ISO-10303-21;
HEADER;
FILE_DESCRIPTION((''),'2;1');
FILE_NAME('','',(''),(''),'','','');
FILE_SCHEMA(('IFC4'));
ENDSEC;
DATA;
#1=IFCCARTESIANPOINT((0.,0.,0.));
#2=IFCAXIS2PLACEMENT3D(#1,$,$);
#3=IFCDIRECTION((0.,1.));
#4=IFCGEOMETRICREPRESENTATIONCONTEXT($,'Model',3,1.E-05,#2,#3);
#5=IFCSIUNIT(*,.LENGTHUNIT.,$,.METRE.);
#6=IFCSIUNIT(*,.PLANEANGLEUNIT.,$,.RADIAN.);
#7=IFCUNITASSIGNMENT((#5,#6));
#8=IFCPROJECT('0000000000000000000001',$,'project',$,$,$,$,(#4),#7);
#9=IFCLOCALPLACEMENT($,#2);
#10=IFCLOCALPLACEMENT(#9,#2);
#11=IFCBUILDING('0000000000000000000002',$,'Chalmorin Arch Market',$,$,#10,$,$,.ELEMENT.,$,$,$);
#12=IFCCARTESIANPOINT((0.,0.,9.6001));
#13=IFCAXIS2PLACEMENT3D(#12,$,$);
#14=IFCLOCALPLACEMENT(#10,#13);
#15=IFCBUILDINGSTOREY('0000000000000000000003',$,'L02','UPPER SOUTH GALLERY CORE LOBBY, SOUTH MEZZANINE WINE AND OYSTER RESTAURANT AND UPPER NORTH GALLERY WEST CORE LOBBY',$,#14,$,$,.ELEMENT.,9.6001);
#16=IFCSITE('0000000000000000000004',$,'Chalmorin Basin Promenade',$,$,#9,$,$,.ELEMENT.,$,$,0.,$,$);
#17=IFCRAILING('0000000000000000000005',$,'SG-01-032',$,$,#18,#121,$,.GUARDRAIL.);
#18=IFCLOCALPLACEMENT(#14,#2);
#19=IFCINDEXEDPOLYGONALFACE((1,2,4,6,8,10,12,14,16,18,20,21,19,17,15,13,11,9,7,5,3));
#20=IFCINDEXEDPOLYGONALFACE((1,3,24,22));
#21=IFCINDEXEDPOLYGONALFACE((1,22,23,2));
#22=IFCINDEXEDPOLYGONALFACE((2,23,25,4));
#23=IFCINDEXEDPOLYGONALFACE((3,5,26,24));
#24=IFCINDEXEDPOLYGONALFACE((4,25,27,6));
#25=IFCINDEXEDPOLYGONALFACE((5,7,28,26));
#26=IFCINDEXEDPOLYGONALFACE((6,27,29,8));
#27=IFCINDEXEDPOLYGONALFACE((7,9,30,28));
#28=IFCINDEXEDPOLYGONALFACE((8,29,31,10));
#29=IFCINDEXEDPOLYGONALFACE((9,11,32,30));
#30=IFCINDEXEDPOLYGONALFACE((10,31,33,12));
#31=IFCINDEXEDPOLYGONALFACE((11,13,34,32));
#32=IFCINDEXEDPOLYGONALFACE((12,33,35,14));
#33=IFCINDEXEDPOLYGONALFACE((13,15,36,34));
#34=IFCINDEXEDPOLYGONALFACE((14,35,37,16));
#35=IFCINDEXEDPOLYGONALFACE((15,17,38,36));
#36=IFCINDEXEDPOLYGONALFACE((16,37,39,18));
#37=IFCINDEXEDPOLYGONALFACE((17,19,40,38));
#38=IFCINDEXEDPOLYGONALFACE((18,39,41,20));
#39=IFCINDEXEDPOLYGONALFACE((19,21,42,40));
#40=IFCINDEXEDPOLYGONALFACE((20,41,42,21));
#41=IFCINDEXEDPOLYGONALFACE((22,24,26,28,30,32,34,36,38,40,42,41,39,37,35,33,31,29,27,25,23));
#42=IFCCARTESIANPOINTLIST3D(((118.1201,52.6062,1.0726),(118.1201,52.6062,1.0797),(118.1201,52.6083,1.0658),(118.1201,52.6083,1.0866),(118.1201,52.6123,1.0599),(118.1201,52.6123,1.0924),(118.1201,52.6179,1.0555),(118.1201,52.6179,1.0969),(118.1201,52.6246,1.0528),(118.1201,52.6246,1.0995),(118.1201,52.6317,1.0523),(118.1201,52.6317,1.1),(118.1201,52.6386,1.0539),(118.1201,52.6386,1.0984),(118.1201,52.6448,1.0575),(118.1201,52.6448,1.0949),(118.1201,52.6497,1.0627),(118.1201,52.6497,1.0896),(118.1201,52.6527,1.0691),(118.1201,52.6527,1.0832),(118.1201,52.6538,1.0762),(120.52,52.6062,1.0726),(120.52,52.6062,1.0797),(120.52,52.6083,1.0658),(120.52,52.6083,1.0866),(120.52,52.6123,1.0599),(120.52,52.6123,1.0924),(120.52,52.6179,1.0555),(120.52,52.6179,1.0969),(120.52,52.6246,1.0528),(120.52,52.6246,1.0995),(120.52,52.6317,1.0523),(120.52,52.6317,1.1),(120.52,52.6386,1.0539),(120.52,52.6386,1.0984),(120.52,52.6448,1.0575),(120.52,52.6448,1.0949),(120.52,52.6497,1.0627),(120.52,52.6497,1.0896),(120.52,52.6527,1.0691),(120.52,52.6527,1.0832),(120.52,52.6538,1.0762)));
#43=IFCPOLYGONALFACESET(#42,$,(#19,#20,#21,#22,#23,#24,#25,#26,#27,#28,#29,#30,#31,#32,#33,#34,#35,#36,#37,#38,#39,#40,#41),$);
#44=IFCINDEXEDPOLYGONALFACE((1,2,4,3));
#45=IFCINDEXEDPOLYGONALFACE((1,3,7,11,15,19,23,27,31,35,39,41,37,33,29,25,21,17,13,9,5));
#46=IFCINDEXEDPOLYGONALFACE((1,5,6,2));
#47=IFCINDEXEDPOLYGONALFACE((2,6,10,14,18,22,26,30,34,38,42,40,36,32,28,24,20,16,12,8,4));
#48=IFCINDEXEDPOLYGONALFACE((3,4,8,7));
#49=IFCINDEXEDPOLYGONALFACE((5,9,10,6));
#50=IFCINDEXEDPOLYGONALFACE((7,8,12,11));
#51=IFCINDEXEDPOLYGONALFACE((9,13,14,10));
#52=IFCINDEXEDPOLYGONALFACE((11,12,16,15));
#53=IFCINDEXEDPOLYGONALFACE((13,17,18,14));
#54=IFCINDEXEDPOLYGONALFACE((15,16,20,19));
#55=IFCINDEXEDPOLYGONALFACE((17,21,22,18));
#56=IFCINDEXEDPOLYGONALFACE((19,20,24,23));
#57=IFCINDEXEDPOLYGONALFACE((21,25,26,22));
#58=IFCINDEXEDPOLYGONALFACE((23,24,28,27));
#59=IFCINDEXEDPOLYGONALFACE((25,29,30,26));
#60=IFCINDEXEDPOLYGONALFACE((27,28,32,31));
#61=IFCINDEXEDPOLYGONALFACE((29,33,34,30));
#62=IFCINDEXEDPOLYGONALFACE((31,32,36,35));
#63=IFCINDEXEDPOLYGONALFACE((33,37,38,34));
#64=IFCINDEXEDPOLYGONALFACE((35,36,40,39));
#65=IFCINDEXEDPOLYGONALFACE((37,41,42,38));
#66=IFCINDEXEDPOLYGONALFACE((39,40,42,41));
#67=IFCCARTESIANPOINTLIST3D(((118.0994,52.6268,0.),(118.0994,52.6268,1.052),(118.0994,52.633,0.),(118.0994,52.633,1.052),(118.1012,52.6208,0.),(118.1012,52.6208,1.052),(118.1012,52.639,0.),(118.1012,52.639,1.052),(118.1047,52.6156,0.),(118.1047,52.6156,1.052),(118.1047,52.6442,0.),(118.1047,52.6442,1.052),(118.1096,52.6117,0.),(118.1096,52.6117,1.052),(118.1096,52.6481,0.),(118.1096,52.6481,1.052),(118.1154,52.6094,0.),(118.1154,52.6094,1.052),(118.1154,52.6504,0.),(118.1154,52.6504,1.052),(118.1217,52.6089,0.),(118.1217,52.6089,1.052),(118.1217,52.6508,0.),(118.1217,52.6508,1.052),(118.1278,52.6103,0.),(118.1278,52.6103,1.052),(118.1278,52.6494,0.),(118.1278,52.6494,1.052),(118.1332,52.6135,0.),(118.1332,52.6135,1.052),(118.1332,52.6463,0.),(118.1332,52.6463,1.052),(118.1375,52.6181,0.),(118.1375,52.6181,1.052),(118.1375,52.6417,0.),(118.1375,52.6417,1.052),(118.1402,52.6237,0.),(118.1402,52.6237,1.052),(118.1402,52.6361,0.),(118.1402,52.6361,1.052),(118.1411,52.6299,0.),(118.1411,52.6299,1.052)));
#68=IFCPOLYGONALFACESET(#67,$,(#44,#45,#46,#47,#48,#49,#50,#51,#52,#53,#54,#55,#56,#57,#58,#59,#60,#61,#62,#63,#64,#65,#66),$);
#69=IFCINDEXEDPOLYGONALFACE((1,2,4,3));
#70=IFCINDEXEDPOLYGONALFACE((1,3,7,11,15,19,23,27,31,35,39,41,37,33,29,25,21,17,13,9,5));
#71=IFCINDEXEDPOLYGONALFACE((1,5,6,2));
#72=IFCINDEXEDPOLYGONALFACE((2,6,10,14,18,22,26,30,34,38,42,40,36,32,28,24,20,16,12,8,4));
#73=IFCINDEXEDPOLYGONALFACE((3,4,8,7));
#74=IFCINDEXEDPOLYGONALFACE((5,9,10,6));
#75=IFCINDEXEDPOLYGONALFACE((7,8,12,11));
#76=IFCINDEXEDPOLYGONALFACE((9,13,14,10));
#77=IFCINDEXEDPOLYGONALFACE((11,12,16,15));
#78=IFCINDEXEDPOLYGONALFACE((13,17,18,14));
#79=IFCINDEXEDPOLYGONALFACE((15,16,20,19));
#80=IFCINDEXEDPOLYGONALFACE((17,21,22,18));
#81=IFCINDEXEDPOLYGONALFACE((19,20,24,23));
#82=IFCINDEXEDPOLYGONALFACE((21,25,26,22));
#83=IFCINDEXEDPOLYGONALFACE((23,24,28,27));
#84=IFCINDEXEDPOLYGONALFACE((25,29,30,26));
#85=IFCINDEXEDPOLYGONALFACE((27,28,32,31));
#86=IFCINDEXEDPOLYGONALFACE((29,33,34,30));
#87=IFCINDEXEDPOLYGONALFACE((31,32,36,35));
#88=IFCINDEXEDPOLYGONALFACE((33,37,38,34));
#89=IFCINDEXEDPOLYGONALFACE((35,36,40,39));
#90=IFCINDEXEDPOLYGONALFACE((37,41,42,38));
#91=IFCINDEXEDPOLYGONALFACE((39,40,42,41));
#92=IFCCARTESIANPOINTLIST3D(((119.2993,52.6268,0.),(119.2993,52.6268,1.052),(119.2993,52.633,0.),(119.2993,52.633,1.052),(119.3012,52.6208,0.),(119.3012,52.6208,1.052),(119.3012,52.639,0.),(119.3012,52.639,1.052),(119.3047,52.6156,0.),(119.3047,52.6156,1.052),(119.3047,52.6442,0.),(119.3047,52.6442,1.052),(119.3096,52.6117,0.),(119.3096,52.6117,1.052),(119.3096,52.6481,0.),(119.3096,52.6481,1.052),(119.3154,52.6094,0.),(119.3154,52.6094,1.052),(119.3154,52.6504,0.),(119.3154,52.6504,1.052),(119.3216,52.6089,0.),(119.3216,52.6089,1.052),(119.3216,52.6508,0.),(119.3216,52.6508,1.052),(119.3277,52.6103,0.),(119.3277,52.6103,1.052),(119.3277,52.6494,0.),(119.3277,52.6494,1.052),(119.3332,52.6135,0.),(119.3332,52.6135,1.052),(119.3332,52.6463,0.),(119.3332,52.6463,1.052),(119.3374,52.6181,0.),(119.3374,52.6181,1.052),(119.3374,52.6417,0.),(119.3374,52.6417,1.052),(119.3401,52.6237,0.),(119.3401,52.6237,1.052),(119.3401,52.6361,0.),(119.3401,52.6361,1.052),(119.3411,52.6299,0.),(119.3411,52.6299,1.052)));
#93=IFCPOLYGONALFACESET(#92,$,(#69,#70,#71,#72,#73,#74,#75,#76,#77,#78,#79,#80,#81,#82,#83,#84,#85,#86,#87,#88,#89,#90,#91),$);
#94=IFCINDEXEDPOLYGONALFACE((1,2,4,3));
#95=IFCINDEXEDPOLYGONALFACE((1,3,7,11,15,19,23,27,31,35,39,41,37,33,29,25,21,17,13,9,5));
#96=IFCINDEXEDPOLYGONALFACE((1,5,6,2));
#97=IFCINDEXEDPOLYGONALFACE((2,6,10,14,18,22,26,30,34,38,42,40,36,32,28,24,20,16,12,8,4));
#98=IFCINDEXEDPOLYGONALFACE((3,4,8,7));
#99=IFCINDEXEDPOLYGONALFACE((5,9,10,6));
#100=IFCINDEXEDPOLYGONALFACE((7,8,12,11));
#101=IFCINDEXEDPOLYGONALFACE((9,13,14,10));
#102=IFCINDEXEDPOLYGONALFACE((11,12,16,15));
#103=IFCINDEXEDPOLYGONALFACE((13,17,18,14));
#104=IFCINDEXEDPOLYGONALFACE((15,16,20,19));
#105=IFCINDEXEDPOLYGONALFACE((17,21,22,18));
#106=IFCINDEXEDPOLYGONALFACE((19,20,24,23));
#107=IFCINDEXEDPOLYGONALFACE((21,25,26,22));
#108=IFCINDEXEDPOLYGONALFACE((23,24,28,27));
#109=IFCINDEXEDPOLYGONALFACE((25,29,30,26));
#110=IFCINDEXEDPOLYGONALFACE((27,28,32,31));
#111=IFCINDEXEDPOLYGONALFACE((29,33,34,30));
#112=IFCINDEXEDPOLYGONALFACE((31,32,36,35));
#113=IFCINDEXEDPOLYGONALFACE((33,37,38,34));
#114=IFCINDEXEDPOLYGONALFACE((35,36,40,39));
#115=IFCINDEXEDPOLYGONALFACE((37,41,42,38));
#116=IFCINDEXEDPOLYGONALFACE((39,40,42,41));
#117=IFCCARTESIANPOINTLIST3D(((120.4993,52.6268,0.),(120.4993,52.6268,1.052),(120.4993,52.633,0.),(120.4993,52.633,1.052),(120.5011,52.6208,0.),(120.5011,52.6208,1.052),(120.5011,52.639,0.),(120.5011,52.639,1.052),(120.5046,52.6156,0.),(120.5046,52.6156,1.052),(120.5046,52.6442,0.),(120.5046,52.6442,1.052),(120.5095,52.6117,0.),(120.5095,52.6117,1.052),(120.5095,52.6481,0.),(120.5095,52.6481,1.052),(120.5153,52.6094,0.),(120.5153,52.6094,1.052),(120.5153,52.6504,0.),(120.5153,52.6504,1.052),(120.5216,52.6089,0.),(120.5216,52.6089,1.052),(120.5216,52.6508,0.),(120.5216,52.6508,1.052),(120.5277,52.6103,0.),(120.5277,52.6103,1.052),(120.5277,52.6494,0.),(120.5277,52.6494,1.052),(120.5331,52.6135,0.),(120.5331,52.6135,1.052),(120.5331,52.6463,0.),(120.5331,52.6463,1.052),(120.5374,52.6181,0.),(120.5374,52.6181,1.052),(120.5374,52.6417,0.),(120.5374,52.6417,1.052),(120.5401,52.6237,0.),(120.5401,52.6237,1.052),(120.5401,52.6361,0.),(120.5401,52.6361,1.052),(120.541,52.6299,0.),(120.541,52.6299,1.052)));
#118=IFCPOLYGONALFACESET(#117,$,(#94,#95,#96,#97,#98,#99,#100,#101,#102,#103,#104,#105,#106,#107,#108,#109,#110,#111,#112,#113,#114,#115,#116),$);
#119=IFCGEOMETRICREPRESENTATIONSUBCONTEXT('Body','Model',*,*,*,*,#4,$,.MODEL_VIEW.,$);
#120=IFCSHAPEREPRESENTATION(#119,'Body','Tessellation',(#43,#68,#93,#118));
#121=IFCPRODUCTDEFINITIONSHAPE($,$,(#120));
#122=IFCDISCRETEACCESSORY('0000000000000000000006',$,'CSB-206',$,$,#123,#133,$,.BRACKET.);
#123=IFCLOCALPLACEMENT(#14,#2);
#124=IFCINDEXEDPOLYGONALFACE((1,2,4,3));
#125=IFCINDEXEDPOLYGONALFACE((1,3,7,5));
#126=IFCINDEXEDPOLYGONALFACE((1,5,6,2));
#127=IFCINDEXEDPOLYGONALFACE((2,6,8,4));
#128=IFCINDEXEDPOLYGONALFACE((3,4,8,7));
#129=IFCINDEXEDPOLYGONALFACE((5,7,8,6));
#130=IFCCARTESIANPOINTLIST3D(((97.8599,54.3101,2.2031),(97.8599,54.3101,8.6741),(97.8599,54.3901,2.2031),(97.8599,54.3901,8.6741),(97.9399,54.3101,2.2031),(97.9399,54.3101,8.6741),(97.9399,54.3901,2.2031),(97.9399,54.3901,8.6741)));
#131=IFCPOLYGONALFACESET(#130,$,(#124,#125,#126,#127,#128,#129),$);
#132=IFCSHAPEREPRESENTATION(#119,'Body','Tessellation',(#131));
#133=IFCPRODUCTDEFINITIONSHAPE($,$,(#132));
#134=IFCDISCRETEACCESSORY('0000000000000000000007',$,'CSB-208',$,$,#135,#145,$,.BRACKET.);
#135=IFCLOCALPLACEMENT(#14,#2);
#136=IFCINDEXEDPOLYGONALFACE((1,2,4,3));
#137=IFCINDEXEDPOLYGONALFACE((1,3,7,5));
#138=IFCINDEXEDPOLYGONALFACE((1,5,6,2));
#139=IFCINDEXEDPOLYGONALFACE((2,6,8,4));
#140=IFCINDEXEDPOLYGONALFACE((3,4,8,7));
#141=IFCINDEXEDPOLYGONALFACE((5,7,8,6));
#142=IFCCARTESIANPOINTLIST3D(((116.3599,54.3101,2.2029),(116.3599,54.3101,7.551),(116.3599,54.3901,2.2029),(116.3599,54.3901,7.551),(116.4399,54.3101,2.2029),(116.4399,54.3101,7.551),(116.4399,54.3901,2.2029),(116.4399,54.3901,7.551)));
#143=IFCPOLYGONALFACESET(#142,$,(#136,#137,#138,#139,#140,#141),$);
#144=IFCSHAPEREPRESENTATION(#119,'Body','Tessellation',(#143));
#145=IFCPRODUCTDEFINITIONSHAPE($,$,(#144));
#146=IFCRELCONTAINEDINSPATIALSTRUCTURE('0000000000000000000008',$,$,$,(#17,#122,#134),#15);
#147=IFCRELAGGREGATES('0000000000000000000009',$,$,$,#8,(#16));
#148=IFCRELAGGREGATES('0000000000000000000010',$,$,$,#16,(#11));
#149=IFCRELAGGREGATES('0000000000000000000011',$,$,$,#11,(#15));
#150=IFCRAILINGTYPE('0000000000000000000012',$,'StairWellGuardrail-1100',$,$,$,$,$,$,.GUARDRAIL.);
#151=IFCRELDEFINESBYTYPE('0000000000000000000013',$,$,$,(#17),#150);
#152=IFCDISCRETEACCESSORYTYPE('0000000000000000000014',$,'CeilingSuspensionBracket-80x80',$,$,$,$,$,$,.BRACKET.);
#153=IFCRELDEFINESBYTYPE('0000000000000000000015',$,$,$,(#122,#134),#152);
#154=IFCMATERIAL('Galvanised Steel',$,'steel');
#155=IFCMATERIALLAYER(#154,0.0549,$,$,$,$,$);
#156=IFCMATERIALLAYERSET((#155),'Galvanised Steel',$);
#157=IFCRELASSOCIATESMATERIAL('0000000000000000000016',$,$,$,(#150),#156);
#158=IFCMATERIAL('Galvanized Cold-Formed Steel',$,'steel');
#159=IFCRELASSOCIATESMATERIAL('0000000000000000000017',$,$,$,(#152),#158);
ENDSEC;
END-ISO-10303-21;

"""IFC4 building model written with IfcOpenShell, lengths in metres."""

from ifc_helpers import new_model, si_unit, direction, frame, origin, origin_2d, place, context, subcontext, project, spatial, rectangle, circle, extrude, material, layer, layer_set, type_object, element, save


model = new_model("IFC4")

# Units and contexts
model_context = context("Model", 3, precision=1e-05, world=origin(), true_north=direction((0.0, 1.0)))
body_context = subcontext(model_context, "Body", "Model", "MODEL_VIEW")
ifc_project = project(units=[si_unit("LENGTHUNIT", "METRE"), si_unit("PLANEANGLEUNIT", "RADIAN")], contexts=[model_context])

# Site, building, storey
site_placement = place(None, origin())
site = spatial("IfcSite", under=ifc_project, at=site_placement, Name="Chalmorin Basin Promenade", CompositionType="ELEMENT", RefElevation=0.0)
building_placement = place(site_placement, origin())
building = spatial("IfcBuilding", under=site, at=building_placement, Name="Chalmorin Arch Market", CompositionType="ELEMENT")
storey_placement = place(building_placement, frame((0.0, 0.0, 9.6001)))
storey = spatial("IfcBuildingStorey", under=building, at=storey_placement, Name="L02", Description="UPPER SOUTH GALLERY CORE LOBBY, SOUTH MEZZANINE WINE AND OYSTER RESTAURANT AND UPPER NORTH GALLERY WEST CORE LOBBY", CompositionType="ELEMENT", Elevation=9.6001)

# Shared definitions
ifc_material_1 = material(Name="Galvanised Steel", Category="steel")

# Railing
ifc_layer_1 = layer(ifc_material_1, 0.0549)
ifc_layer_set_1 = layer_set([ifc_layer_1], Name="Galvanised Steel")
railing_type = type_object("IfcRailingType", Name="StairWellGuardrail-1100", PredefinedType="GUARDRAIL", material=ifc_layer_set_1)
railing_placement = place(storey_placement, frame((118.1201, 52.6299, 0.0)))
element("IfcRailing", 1, at=railing_placement, inside=storey, type_object=railing_type, Name="SG-01-032", PredefinedType="GUARDRAIL", context=body_context, shape_type="SweptSolid", body=[
    extrude(circle(Radius=0.0239, at=origin_2d()), frame((0.0, 0.0, 1.0762), z_axis=(1.0, 0.0, 0.0), x_axis=(0.0, 1.0, 0.0)), (0.0, 0.0, 1.0), 2.3999),
    extrude(circle(Radius=0.021, at=origin_2d()), origin(), (0.0, 0.0, 1.0), 1.052),
    extrude(circle(Radius=0.021, at=origin_2d()), frame((1.2, 0.0, 0.0)), (0.0, 0.0, 1.0), 1.052),
    extrude(circle(Radius=0.021, at=origin_2d()), frame((2.3999, 0.0, 0.0)), (0.0, 0.0, 1.0), 1.052),
])

# Discrete accessories
ifc_material_2 = material(Name="Galvanized Cold-Formed Steel", Category="steel")
discrete_accessory_type = type_object("IfcDiscreteAccessoryType", Name="CeilingSuspensionBracket-80x80", PredefinedType="BRACKET", material=ifc_material_2)
discrete_accessory_1_placement = place(storey_placement, frame((97.8999, 54.3501, 2.2031), z_axis=(0.0, 0.0, 1.0), x_axis=(1.0, 0.0, 0.0)))
element("IfcDiscreteAccessory", 2, at=discrete_accessory_1_placement, inside=storey, type_object=discrete_accessory_type, Name="CSB-206", PredefinedType="BRACKET", context=body_context, shape_type="SweptSolid", body=[
    extrude(rectangle(XDim=0.0801, YDim=0.0801, at=origin_2d()), origin(), (0.0, 0.0, 1.0), 6.4709),
])
discrete_accessory_2_placement = place(storey_placement, frame((116.3999, 54.3501, 2.2029), z_axis=(0.0, 0.0, 1.0), x_axis=(1.0, 0.0, 0.0)))
element("IfcDiscreteAccessory", 3, at=discrete_accessory_2_placement, inside=storey, type_object=discrete_accessory_type, Name="CSB-208", PredefinedType="BRACKET", context=body_context, shape_type="SweptSolid", body=[
    extrude(rectangle(XDim=0.0801, YDim=0.0801, at=origin_2d()), origin(), (0.0, 0.0, 1.0), 5.3481),
])

save(model, "model.ifc")
